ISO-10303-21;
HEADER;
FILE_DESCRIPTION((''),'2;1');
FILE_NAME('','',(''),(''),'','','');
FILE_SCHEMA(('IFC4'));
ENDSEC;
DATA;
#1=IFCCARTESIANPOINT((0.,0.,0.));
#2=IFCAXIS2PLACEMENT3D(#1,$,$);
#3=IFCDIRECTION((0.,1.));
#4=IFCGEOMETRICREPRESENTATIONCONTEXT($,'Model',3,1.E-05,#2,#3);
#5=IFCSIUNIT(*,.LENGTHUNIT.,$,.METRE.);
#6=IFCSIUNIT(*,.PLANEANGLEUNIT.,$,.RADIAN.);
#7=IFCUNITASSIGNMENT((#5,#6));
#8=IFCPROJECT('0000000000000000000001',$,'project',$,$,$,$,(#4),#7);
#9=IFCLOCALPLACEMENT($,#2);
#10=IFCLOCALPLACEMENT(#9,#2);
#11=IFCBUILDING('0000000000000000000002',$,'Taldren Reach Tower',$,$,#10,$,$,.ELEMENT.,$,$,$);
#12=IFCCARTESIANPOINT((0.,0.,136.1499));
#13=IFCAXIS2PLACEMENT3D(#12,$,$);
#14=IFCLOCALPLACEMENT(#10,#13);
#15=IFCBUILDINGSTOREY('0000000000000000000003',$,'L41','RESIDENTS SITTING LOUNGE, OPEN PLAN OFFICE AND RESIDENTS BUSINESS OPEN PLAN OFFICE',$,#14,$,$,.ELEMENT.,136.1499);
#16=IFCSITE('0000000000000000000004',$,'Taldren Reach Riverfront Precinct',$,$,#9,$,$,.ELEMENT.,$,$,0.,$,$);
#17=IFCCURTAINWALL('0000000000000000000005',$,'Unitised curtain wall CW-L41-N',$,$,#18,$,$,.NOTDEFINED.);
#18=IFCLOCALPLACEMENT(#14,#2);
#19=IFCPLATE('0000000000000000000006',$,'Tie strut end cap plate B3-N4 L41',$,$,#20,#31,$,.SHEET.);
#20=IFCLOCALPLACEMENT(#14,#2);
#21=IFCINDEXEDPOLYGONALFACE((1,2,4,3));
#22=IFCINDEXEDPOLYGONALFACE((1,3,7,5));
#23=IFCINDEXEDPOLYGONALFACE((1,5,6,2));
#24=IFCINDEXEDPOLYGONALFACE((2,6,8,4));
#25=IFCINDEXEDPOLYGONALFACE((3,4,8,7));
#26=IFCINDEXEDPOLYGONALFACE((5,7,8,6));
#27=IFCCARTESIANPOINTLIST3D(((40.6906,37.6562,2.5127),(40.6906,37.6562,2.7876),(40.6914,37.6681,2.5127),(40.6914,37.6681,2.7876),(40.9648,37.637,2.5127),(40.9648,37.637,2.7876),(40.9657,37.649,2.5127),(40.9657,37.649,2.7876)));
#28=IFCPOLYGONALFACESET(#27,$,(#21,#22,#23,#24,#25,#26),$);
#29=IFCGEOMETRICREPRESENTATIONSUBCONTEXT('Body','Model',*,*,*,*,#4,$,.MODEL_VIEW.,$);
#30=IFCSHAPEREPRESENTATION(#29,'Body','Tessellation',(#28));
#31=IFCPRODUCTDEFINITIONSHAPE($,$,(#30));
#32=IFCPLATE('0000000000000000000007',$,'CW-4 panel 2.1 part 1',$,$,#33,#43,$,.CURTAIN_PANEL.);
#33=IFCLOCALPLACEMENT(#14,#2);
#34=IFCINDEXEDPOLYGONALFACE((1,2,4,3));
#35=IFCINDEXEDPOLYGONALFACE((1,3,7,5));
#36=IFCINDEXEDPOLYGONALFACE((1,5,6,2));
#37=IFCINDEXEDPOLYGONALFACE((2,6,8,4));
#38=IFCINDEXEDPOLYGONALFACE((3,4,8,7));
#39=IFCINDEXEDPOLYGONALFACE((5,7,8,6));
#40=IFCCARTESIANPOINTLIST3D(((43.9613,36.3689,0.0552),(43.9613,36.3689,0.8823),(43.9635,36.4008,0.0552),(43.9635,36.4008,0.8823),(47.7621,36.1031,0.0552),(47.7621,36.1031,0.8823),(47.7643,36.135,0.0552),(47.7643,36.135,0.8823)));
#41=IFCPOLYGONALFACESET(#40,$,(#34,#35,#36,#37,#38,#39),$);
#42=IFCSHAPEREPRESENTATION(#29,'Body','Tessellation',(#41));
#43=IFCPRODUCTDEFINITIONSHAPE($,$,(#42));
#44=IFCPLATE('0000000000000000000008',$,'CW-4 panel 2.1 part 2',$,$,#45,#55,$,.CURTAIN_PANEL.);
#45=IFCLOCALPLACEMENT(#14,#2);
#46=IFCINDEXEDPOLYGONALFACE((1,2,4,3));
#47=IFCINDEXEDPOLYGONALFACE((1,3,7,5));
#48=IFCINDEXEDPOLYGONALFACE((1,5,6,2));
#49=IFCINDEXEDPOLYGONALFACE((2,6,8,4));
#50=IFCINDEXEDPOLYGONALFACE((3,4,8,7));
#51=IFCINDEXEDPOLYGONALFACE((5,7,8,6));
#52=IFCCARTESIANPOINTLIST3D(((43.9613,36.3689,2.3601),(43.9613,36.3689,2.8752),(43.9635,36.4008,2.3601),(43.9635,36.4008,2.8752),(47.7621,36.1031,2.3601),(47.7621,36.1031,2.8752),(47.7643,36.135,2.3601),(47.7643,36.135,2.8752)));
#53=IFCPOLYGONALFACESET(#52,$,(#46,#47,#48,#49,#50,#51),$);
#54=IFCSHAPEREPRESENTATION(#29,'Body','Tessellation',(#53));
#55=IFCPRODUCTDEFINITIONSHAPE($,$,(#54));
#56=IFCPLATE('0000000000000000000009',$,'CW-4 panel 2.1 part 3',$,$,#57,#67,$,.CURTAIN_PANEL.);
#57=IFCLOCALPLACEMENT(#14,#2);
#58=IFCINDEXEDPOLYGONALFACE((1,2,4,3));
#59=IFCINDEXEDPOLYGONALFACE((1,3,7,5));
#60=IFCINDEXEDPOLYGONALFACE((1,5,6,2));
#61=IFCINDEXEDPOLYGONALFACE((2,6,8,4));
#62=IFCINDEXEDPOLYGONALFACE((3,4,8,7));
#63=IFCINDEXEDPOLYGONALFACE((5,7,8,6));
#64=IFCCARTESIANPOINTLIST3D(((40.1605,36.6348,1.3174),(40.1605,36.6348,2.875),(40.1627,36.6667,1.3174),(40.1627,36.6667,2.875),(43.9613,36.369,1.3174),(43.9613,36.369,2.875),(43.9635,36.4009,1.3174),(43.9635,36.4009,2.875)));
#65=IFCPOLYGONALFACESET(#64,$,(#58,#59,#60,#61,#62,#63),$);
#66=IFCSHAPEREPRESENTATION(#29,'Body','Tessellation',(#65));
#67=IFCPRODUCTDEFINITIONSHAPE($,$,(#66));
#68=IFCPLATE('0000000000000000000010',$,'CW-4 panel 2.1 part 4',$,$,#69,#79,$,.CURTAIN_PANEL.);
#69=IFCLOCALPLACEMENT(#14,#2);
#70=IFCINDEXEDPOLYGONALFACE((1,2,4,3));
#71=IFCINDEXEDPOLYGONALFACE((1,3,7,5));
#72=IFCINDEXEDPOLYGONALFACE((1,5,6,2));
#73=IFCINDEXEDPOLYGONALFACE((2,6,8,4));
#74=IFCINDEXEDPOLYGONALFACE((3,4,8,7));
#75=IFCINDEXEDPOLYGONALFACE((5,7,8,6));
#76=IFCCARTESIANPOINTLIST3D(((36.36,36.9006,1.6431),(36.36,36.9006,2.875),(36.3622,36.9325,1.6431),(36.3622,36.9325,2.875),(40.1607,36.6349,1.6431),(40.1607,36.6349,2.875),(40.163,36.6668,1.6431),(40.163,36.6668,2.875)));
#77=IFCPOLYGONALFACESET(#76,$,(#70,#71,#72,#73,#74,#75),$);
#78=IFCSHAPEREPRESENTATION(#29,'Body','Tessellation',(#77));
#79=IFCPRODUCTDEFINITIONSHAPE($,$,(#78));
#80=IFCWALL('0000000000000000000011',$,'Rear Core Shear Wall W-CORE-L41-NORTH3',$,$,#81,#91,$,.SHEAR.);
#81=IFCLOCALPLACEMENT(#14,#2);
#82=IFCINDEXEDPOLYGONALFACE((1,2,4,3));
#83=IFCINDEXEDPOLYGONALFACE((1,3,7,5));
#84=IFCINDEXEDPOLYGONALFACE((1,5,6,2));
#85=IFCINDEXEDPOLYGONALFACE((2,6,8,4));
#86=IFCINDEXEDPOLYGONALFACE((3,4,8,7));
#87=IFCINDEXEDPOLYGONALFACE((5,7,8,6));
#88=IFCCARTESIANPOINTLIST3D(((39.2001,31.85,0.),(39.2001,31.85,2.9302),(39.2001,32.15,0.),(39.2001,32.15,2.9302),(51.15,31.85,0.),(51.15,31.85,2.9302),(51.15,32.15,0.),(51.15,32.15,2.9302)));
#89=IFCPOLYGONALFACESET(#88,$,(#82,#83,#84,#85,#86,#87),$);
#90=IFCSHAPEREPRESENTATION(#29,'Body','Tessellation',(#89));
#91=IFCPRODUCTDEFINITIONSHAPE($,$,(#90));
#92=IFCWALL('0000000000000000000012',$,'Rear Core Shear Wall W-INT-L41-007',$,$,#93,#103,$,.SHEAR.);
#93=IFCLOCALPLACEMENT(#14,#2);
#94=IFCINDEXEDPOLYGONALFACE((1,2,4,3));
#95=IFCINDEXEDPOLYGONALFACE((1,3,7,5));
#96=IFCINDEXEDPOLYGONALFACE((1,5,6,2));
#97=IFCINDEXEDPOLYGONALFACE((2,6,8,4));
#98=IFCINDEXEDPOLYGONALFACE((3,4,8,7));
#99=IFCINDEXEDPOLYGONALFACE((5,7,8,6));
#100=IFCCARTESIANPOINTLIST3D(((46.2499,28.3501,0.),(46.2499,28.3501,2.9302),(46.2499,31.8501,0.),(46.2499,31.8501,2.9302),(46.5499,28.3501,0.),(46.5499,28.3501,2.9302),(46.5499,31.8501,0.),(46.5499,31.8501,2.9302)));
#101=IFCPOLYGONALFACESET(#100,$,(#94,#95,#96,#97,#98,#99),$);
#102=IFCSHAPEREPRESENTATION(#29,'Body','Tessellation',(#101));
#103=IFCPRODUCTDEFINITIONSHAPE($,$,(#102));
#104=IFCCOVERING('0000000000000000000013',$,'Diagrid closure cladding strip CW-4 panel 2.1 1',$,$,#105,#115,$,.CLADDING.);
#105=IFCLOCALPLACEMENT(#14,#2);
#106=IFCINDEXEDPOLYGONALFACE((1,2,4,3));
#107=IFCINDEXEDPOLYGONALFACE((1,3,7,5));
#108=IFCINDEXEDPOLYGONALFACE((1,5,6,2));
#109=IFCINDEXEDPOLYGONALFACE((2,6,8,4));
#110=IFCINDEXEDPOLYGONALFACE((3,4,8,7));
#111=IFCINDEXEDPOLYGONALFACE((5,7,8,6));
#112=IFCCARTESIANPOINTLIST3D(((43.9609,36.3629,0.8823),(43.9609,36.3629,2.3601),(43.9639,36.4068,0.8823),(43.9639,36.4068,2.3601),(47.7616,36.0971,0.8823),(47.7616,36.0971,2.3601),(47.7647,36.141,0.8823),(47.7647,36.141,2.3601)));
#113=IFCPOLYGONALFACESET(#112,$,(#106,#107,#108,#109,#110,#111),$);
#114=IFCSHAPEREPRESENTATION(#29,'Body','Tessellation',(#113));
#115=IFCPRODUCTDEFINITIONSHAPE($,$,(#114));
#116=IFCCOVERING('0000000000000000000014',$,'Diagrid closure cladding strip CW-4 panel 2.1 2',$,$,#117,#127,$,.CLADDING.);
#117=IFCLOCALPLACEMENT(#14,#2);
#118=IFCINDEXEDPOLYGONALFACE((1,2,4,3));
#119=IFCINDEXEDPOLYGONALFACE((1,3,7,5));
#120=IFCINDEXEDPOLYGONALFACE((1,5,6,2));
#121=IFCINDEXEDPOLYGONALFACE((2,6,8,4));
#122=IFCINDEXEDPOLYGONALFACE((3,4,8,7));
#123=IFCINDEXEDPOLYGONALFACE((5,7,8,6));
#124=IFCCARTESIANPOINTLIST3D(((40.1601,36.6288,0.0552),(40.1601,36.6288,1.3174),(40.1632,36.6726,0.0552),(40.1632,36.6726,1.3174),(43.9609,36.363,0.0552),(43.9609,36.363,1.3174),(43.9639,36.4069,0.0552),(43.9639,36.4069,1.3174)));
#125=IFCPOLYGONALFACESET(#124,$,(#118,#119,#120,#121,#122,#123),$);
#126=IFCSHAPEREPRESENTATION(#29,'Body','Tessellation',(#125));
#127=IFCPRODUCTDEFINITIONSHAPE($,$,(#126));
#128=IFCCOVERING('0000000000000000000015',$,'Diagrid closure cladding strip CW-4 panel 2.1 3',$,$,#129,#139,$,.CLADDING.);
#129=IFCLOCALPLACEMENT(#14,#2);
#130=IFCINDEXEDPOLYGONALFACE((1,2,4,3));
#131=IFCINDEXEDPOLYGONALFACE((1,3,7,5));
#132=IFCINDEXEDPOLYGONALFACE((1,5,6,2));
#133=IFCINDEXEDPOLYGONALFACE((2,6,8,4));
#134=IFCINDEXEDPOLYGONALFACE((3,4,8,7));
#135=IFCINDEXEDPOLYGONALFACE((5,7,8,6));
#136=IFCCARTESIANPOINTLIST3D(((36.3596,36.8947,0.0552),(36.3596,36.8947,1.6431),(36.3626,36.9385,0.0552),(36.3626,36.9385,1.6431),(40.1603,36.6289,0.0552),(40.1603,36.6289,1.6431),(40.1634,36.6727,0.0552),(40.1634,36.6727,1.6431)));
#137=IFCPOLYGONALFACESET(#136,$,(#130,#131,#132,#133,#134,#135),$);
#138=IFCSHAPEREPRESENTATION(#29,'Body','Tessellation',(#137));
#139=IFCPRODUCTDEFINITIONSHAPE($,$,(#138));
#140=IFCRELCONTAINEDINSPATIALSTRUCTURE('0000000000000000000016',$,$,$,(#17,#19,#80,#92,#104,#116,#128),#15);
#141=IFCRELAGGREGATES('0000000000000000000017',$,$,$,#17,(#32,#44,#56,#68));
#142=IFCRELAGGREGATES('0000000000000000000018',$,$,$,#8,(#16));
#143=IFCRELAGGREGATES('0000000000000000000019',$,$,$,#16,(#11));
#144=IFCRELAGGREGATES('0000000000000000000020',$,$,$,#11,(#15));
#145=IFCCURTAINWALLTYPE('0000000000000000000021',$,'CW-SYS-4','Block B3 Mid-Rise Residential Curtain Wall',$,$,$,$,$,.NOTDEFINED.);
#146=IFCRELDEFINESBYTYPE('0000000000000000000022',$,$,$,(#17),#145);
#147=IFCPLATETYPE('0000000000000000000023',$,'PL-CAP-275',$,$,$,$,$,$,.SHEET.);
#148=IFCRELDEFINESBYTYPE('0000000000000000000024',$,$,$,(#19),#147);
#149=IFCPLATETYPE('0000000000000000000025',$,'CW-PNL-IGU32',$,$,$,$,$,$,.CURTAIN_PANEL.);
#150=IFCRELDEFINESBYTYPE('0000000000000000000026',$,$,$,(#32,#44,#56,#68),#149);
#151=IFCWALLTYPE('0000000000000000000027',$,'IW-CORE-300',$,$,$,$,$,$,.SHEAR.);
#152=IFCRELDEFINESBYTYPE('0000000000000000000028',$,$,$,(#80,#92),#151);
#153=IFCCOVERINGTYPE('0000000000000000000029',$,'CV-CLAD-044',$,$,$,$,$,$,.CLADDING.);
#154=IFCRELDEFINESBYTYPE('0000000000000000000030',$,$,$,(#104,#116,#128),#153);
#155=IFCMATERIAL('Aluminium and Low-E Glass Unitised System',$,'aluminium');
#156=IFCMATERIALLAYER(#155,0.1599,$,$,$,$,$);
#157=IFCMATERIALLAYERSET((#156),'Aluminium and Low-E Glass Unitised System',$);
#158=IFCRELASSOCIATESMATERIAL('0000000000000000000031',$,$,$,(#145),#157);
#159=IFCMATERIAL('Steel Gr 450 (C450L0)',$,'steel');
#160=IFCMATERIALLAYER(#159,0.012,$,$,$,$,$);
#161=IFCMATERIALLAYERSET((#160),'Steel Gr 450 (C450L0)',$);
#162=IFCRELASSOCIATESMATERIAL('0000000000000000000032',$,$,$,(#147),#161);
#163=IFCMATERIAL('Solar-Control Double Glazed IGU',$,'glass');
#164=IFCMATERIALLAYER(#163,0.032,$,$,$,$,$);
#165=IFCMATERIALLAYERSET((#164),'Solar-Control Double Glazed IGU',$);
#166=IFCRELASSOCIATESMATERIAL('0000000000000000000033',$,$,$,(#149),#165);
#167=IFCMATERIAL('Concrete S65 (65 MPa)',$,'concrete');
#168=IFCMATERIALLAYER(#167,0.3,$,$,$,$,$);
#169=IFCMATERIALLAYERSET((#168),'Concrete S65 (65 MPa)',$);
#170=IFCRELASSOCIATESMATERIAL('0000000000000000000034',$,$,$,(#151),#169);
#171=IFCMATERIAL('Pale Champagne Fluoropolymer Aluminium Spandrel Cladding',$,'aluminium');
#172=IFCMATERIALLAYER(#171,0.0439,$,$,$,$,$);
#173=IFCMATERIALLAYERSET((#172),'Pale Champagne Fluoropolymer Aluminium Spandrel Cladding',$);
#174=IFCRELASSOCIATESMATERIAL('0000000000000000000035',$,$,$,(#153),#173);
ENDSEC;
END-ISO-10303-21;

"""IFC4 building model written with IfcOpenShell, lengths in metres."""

from ifc_helpers import new_model, si_unit, direction, frame, frame_2d, origin, origin_2d, place, context, subcontext, project, spatial, rectangle, extrude, source, transform, mapped, material, layer, layer_set, type_object, element, aggregate, save


model = new_model("IFC4")

# Units and contexts
model_context = context("Model", 3, precision=1e-05, world=origin(), true_north=direction((0.0, 1.0)))
body_context = subcontext(model_context, "Body", "Model", "MODEL_VIEW")
ifc_project = project(units=[si_unit("LENGTHUNIT", "METRE"), si_unit("PLANEANGLEUNIT", "RADIAN")], contexts=[model_context])

# Site, building, storey
site_placement = place(None, origin())
site = spatial("IfcSite", under=ifc_project, at=site_placement, Name="Taldren Reach Riverfront Precinct", CompositionType="ELEMENT", RefElevation=0.0)
building_placement = place(site_placement, origin())
building = spatial("IfcBuilding", under=site, at=building_placement, Name="Taldren Reach Tower", CompositionType="ELEMENT")
storey_placement = place(building_placement, frame((0.0, 0.0, 136.1499)))
storey = spatial("IfcBuildingStorey", under=building, at=storey_placement, Name="L41", Description="RESIDENTS SITTING LOUNGE, OPEN PLAN OFFICE AND RESIDENTS BUSINESS OPEN PLAN OFFICE", CompositionType="ELEMENT", Elevation=136.1499)

# Shared definitions
ifc_material_1 = material(Name="Steel Gr 450 (C450L0)", Category="steel")

# Curtain wall
ifc_material_2 = material(Name="Aluminium and Low-E Glass Unitised System", Category="aluminium")
ifc_layer_1 = layer(ifc_material_2, 0.1599)
ifc_layer_set_1 = layer_set([ifc_layer_1], Name="Aluminium and Low-E Glass Unitised System")
curtain_wall_type = type_object("IfcCurtainWallType", Name="CW-SYS-4", Description="Block B3 Mid-Rise Residential Curtain Wall", PredefinedType="NOTDEFINED", material=ifc_layer_set_1)
curtain_wall_placement = place(storey_placement, origin())
curtain_wall = element("IfcCurtainWall", 1, at=curtain_wall_placement, inside=storey, type_object=curtain_wall_type, Name="Unitised curtain wall CW-L41-N", PredefinedType="NOTDEFINED")

# Plates
ifc_layer_2 = layer(ifc_material_1, 0.012)
ifc_layer_set_2 = layer_set([ifc_layer_2], Name="Steel Gr 450 (C450L0)")
plate_type_1 = type_object("IfcPlateType", Name="PL-CAP-275", PredefinedType="SHEET", material=ifc_layer_set_2)
shared_shape_1 = source(origin(), body_context, "Body", "SweptSolid", [
    extrude(rectangle(XDim=0.2749, YDim=0.012, at=origin_2d()), origin(), (0.0, 0.0, 1.0), 0.2749),
])
plate_1_placement = place(storey_placement, frame((40.8281, 37.6526, 2.5127), z_axis=(0.0, 0.0, 1.0), x_axis=(0.997564, -0.069756, 0.0)))
element("IfcPlate", 2, at=plate_1_placement, inside=storey, type_object=plate_type_1, Name="Tie strut end cap plate B3-N4 L41", PredefinedType="SHEET", context=body_context, shape_type="MappedRepresentation", body=[
    mapped(shared_shape_1, transform((0.0, 0.0, 0.0), scale=1.0)),
])
ifc_material_3 = material(Name="Solar-Control Double Glazed IGU", Category="glass")
ifc_layer_3 = layer(ifc_material_3, 0.032)
ifc_layer_set_3 = layer_set([ifc_layer_3], Name="Solar-Control Double Glazed IGU")
plate_type_2 = type_object("IfcPlateType", Name="CW-PNL-IGU32", PredefinedType="CURTAIN_PANEL", material=ifc_layer_set_3)
shared_shape_2 = source(origin(), body_context, "Body", "SweptSolid", [
    extrude(rectangle(XDim=3.8101, YDim=0.032, at=origin_2d()), origin(), (0.0, 0.0, 1.0), 0.8271),
])
plate_2_placement = place(storey_placement, frame((45.8628, 36.252, 0.0552), z_axis=(0.0, 0.0, 1.0), x_axis=(-0.997564, 0.069757, 0.0)))
plate_2 = element("IfcPlate", 3, at=plate_2_placement, type_object=plate_type_2, Name="CW-4 panel 2.1 part 1", PredefinedType="CURTAIN_PANEL", context=body_context, shape_type="MappedRepresentation", body=[
    mapped(shared_shape_2, transform((0.0, 0.0, 0.0), scale=1.0)),
])
shared_shape_3 = source(origin(), body_context, "Body", "SweptSolid", [
    extrude(rectangle(XDim=3.8101, YDim=0.032, at=origin_2d()), origin(), (0.0, 0.0, 1.0), 0.5151),
])
plate_3_placement = place(storey_placement, frame((45.8628, 36.252, 2.3601), z_axis=(0.0, 0.0, 1.0), x_axis=(-0.997564, 0.069757, 0.0)))
plate_3 = element("IfcPlate", 4, at=plate_3_placement, type_object=plate_type_2, Name="CW-4 panel 2.1 part 2", PredefinedType="CURTAIN_PANEL", context=body_context, shape_type="MappedRepresentation", body=[
    mapped(shared_shape_3, transform((0.0, 0.0, 0.0), scale=1.0)),
])
shared_shape_4 = source(origin(), body_context, "Body", "SweptSolid", [
    extrude(rectangle(XDim=3.8101, YDim=0.032, at=origin_2d()), origin(), (0.0, 0.0, 1.0), 1.5576),
])
plate_4_placement = place(storey_placement, frame((42.062, 36.5178, 1.3174), z_axis=(0.0, 0.0, 1.0), x_axis=(-0.997564, 0.069757, 0.0)))
plate_4 = element("IfcPlate", 5, at=plate_4_placement, type_object=plate_type_2, Name="CW-4 panel 2.1 part 3", PredefinedType="CURTAIN_PANEL", context=body_context, shape_type="MappedRepresentation", body=[
    mapped(shared_shape_4, transform((0.0, 0.0, 0.0), scale=1.0)),
])
shared_shape_5 = source(origin(), body_context, "Body", "SweptSolid", [
    extrude(rectangle(XDim=3.8101, YDim=0.032, at=origin_2d()), origin(), (0.0, 0.0, 1.0), 1.2319),
])
plate_5_placement = place(storey_placement, frame((38.2615, 36.7837, 1.6431), z_axis=(0.0, 0.0, 1.0), x_axis=(-0.997564, 0.069757, 0.0)))
plate_5 = element("IfcPlate", 6, at=plate_5_placement, type_object=plate_type_2, Name="CW-4 panel 2.1 part 4", PredefinedType="CURTAIN_PANEL", context=body_context, shape_type="MappedRepresentation", body=[
    mapped(shared_shape_5, transform((0.0, 0.0, 0.0), scale=1.0)),
])
aggregate(curtain_wall, [plate_2, plate_3, plate_4, plate_5])

# Walls
ifc_material_4 = material(Name="Concrete S65 (65 MPa)", Category="concrete")
ifc_layer_4 = layer(ifc_material_4, 0.3)
ifc_layer_set_4 = layer_set([ifc_layer_4], Name="Concrete S65 (65 MPa)")
wall_type = type_object("IfcWallType", Name="IW-CORE-300", PredefinedType="SHEAR", material=ifc_layer_set_4)
shared_shape_6 = source(origin(), body_context, "Body", "SweptSolid", [
    extrude(rectangle(XDim=11.95, YDim=0.3, at=frame_2d((5.9751, 0.0))), origin(), (0.0, 0.0, 1.0), 2.9302),
])
wall_1_placement = place(storey_placement, frame((39.2, 32.0, 0.0), z_axis=(0.0, 0.0, 1.0), x_axis=(1.0, 0.0, 0.0)))
element("IfcWall", 7, at=wall_1_placement, inside=storey, type_object=wall_type, Name="Rear Core Shear Wall W-CORE-L41-NORTH3", PredefinedType="SHEAR", context=body_context, shape_type="MappedRepresentation", body=[
    mapped(shared_shape_6, transform((0.0, 0.0, 0.0), scale=1.0)),
])
shared_shape_7 = source(origin(), body_context, "Body", "SweptSolid", [
    extrude(rectangle(XDim=3.5, YDim=0.3, at=frame_2d((1.75, 0.0))), origin(), (0.0, 0.0, 1.0), 2.9302),
])
wall_2_placement = place(storey_placement, frame((46.3999, 31.8501, 0.0), z_axis=(0.0, 0.0, 1.0), x_axis=(0.0, -1.0, 0.0)))
element("IfcWall", 8, at=wall_2_placement, inside=storey, type_object=wall_type, Name="Rear Core Shear Wall W-INT-L41-007", PredefinedType="SHEAR", context=body_context, shape_type="MappedRepresentation", body=[
    mapped(shared_shape_7, transform((0.0, 0.0, 0.0), scale=1.0)),
])

# Coverings
ifc_material_5 = material(Name="Pale Champagne Fluoropolymer Aluminium Spandrel Cladding", Category="aluminium")
ifc_layer_5 = layer(ifc_material_5, 0.0439)
ifc_layer_set_5 = layer_set([ifc_layer_5], Name="Pale Champagne Fluoropolymer Aluminium Spandrel Cladding")
covering_type = type_object("IfcCoveringType", Name="CV-CLAD-044", PredefinedType="CLADDING", material=ifc_layer_set_5)
shared_shape_8 = source(origin(), body_context, "Body", "SweptSolid", [
    extrude(rectangle(XDim=3.8101, YDim=0.0439, at=origin_2d()), origin(), (0.0, 0.0, 1.0), 1.4778),
])
covering_1_placement = place(storey_placement, frame((45.8628, 36.252, 0.8823), z_axis=(0.0, 0.0, 1.0), x_axis=(-0.997564, 0.069757, 0.0)))
element("IfcCovering", 9, at=covering_1_placement, inside=storey, type_object=covering_type, Name="Diagrid closure cladding strip CW-4 panel 2.1 1", PredefinedType="CLADDING", context=body_context, shape_type="MappedRepresentation", body=[
    mapped(shared_shape_8, transform((0.0, 0.0, 0.0), scale=1.0)),
])
shared_shape_9 = source(origin(), body_context, "Body", "SweptSolid", [
    extrude(rectangle(XDim=3.8101, YDim=0.0439, at=origin_2d()), origin(), (0.0, 0.0, 1.0), 1.2622),
])
covering_2_placement = place(storey_placement, frame((42.062, 36.5178, 0.0552), z_axis=(0.0, 0.0, 1.0), x_axis=(-0.997564, 0.069757, 0.0)))
element("IfcCovering", 10, at=covering_2_placement, inside=storey, type_object=covering_type, Name="Diagrid closure cladding strip CW-4 panel 2.1 2", PredefinedType="CLADDING", context=body_context, shape_type="MappedRepresentation", body=[
    mapped(shared_shape_9, transform((0.0, 0.0, 0.0), scale=1.0)),
])
shared_shape_10 = source(origin(), body_context, "Body", "SweptSolid", [
    extrude(rectangle(XDim=3.8101, YDim=0.0439, at=origin_2d()), origin(), (0.0, 0.0, 1.0), 1.5879),
])
covering_3_placement = place(storey_placement, frame((38.2615, 36.7837, 0.0552), z_axis=(0.0, 0.0, 1.0), x_axis=(-0.997564, 0.069757, 0.0)))
element("IfcCovering", 11, at=covering_3_placement, inside=storey, type_object=covering_type, Name="Diagrid closure cladding strip CW-4 panel 2.1 3", PredefinedType="CLADDING", context=body_context, shape_type="MappedRepresentation", body=[
    mapped(shared_shape_10, transform((0.0, 0.0, 0.0), scale=1.0)),
])

save(model, "model.ifc")
